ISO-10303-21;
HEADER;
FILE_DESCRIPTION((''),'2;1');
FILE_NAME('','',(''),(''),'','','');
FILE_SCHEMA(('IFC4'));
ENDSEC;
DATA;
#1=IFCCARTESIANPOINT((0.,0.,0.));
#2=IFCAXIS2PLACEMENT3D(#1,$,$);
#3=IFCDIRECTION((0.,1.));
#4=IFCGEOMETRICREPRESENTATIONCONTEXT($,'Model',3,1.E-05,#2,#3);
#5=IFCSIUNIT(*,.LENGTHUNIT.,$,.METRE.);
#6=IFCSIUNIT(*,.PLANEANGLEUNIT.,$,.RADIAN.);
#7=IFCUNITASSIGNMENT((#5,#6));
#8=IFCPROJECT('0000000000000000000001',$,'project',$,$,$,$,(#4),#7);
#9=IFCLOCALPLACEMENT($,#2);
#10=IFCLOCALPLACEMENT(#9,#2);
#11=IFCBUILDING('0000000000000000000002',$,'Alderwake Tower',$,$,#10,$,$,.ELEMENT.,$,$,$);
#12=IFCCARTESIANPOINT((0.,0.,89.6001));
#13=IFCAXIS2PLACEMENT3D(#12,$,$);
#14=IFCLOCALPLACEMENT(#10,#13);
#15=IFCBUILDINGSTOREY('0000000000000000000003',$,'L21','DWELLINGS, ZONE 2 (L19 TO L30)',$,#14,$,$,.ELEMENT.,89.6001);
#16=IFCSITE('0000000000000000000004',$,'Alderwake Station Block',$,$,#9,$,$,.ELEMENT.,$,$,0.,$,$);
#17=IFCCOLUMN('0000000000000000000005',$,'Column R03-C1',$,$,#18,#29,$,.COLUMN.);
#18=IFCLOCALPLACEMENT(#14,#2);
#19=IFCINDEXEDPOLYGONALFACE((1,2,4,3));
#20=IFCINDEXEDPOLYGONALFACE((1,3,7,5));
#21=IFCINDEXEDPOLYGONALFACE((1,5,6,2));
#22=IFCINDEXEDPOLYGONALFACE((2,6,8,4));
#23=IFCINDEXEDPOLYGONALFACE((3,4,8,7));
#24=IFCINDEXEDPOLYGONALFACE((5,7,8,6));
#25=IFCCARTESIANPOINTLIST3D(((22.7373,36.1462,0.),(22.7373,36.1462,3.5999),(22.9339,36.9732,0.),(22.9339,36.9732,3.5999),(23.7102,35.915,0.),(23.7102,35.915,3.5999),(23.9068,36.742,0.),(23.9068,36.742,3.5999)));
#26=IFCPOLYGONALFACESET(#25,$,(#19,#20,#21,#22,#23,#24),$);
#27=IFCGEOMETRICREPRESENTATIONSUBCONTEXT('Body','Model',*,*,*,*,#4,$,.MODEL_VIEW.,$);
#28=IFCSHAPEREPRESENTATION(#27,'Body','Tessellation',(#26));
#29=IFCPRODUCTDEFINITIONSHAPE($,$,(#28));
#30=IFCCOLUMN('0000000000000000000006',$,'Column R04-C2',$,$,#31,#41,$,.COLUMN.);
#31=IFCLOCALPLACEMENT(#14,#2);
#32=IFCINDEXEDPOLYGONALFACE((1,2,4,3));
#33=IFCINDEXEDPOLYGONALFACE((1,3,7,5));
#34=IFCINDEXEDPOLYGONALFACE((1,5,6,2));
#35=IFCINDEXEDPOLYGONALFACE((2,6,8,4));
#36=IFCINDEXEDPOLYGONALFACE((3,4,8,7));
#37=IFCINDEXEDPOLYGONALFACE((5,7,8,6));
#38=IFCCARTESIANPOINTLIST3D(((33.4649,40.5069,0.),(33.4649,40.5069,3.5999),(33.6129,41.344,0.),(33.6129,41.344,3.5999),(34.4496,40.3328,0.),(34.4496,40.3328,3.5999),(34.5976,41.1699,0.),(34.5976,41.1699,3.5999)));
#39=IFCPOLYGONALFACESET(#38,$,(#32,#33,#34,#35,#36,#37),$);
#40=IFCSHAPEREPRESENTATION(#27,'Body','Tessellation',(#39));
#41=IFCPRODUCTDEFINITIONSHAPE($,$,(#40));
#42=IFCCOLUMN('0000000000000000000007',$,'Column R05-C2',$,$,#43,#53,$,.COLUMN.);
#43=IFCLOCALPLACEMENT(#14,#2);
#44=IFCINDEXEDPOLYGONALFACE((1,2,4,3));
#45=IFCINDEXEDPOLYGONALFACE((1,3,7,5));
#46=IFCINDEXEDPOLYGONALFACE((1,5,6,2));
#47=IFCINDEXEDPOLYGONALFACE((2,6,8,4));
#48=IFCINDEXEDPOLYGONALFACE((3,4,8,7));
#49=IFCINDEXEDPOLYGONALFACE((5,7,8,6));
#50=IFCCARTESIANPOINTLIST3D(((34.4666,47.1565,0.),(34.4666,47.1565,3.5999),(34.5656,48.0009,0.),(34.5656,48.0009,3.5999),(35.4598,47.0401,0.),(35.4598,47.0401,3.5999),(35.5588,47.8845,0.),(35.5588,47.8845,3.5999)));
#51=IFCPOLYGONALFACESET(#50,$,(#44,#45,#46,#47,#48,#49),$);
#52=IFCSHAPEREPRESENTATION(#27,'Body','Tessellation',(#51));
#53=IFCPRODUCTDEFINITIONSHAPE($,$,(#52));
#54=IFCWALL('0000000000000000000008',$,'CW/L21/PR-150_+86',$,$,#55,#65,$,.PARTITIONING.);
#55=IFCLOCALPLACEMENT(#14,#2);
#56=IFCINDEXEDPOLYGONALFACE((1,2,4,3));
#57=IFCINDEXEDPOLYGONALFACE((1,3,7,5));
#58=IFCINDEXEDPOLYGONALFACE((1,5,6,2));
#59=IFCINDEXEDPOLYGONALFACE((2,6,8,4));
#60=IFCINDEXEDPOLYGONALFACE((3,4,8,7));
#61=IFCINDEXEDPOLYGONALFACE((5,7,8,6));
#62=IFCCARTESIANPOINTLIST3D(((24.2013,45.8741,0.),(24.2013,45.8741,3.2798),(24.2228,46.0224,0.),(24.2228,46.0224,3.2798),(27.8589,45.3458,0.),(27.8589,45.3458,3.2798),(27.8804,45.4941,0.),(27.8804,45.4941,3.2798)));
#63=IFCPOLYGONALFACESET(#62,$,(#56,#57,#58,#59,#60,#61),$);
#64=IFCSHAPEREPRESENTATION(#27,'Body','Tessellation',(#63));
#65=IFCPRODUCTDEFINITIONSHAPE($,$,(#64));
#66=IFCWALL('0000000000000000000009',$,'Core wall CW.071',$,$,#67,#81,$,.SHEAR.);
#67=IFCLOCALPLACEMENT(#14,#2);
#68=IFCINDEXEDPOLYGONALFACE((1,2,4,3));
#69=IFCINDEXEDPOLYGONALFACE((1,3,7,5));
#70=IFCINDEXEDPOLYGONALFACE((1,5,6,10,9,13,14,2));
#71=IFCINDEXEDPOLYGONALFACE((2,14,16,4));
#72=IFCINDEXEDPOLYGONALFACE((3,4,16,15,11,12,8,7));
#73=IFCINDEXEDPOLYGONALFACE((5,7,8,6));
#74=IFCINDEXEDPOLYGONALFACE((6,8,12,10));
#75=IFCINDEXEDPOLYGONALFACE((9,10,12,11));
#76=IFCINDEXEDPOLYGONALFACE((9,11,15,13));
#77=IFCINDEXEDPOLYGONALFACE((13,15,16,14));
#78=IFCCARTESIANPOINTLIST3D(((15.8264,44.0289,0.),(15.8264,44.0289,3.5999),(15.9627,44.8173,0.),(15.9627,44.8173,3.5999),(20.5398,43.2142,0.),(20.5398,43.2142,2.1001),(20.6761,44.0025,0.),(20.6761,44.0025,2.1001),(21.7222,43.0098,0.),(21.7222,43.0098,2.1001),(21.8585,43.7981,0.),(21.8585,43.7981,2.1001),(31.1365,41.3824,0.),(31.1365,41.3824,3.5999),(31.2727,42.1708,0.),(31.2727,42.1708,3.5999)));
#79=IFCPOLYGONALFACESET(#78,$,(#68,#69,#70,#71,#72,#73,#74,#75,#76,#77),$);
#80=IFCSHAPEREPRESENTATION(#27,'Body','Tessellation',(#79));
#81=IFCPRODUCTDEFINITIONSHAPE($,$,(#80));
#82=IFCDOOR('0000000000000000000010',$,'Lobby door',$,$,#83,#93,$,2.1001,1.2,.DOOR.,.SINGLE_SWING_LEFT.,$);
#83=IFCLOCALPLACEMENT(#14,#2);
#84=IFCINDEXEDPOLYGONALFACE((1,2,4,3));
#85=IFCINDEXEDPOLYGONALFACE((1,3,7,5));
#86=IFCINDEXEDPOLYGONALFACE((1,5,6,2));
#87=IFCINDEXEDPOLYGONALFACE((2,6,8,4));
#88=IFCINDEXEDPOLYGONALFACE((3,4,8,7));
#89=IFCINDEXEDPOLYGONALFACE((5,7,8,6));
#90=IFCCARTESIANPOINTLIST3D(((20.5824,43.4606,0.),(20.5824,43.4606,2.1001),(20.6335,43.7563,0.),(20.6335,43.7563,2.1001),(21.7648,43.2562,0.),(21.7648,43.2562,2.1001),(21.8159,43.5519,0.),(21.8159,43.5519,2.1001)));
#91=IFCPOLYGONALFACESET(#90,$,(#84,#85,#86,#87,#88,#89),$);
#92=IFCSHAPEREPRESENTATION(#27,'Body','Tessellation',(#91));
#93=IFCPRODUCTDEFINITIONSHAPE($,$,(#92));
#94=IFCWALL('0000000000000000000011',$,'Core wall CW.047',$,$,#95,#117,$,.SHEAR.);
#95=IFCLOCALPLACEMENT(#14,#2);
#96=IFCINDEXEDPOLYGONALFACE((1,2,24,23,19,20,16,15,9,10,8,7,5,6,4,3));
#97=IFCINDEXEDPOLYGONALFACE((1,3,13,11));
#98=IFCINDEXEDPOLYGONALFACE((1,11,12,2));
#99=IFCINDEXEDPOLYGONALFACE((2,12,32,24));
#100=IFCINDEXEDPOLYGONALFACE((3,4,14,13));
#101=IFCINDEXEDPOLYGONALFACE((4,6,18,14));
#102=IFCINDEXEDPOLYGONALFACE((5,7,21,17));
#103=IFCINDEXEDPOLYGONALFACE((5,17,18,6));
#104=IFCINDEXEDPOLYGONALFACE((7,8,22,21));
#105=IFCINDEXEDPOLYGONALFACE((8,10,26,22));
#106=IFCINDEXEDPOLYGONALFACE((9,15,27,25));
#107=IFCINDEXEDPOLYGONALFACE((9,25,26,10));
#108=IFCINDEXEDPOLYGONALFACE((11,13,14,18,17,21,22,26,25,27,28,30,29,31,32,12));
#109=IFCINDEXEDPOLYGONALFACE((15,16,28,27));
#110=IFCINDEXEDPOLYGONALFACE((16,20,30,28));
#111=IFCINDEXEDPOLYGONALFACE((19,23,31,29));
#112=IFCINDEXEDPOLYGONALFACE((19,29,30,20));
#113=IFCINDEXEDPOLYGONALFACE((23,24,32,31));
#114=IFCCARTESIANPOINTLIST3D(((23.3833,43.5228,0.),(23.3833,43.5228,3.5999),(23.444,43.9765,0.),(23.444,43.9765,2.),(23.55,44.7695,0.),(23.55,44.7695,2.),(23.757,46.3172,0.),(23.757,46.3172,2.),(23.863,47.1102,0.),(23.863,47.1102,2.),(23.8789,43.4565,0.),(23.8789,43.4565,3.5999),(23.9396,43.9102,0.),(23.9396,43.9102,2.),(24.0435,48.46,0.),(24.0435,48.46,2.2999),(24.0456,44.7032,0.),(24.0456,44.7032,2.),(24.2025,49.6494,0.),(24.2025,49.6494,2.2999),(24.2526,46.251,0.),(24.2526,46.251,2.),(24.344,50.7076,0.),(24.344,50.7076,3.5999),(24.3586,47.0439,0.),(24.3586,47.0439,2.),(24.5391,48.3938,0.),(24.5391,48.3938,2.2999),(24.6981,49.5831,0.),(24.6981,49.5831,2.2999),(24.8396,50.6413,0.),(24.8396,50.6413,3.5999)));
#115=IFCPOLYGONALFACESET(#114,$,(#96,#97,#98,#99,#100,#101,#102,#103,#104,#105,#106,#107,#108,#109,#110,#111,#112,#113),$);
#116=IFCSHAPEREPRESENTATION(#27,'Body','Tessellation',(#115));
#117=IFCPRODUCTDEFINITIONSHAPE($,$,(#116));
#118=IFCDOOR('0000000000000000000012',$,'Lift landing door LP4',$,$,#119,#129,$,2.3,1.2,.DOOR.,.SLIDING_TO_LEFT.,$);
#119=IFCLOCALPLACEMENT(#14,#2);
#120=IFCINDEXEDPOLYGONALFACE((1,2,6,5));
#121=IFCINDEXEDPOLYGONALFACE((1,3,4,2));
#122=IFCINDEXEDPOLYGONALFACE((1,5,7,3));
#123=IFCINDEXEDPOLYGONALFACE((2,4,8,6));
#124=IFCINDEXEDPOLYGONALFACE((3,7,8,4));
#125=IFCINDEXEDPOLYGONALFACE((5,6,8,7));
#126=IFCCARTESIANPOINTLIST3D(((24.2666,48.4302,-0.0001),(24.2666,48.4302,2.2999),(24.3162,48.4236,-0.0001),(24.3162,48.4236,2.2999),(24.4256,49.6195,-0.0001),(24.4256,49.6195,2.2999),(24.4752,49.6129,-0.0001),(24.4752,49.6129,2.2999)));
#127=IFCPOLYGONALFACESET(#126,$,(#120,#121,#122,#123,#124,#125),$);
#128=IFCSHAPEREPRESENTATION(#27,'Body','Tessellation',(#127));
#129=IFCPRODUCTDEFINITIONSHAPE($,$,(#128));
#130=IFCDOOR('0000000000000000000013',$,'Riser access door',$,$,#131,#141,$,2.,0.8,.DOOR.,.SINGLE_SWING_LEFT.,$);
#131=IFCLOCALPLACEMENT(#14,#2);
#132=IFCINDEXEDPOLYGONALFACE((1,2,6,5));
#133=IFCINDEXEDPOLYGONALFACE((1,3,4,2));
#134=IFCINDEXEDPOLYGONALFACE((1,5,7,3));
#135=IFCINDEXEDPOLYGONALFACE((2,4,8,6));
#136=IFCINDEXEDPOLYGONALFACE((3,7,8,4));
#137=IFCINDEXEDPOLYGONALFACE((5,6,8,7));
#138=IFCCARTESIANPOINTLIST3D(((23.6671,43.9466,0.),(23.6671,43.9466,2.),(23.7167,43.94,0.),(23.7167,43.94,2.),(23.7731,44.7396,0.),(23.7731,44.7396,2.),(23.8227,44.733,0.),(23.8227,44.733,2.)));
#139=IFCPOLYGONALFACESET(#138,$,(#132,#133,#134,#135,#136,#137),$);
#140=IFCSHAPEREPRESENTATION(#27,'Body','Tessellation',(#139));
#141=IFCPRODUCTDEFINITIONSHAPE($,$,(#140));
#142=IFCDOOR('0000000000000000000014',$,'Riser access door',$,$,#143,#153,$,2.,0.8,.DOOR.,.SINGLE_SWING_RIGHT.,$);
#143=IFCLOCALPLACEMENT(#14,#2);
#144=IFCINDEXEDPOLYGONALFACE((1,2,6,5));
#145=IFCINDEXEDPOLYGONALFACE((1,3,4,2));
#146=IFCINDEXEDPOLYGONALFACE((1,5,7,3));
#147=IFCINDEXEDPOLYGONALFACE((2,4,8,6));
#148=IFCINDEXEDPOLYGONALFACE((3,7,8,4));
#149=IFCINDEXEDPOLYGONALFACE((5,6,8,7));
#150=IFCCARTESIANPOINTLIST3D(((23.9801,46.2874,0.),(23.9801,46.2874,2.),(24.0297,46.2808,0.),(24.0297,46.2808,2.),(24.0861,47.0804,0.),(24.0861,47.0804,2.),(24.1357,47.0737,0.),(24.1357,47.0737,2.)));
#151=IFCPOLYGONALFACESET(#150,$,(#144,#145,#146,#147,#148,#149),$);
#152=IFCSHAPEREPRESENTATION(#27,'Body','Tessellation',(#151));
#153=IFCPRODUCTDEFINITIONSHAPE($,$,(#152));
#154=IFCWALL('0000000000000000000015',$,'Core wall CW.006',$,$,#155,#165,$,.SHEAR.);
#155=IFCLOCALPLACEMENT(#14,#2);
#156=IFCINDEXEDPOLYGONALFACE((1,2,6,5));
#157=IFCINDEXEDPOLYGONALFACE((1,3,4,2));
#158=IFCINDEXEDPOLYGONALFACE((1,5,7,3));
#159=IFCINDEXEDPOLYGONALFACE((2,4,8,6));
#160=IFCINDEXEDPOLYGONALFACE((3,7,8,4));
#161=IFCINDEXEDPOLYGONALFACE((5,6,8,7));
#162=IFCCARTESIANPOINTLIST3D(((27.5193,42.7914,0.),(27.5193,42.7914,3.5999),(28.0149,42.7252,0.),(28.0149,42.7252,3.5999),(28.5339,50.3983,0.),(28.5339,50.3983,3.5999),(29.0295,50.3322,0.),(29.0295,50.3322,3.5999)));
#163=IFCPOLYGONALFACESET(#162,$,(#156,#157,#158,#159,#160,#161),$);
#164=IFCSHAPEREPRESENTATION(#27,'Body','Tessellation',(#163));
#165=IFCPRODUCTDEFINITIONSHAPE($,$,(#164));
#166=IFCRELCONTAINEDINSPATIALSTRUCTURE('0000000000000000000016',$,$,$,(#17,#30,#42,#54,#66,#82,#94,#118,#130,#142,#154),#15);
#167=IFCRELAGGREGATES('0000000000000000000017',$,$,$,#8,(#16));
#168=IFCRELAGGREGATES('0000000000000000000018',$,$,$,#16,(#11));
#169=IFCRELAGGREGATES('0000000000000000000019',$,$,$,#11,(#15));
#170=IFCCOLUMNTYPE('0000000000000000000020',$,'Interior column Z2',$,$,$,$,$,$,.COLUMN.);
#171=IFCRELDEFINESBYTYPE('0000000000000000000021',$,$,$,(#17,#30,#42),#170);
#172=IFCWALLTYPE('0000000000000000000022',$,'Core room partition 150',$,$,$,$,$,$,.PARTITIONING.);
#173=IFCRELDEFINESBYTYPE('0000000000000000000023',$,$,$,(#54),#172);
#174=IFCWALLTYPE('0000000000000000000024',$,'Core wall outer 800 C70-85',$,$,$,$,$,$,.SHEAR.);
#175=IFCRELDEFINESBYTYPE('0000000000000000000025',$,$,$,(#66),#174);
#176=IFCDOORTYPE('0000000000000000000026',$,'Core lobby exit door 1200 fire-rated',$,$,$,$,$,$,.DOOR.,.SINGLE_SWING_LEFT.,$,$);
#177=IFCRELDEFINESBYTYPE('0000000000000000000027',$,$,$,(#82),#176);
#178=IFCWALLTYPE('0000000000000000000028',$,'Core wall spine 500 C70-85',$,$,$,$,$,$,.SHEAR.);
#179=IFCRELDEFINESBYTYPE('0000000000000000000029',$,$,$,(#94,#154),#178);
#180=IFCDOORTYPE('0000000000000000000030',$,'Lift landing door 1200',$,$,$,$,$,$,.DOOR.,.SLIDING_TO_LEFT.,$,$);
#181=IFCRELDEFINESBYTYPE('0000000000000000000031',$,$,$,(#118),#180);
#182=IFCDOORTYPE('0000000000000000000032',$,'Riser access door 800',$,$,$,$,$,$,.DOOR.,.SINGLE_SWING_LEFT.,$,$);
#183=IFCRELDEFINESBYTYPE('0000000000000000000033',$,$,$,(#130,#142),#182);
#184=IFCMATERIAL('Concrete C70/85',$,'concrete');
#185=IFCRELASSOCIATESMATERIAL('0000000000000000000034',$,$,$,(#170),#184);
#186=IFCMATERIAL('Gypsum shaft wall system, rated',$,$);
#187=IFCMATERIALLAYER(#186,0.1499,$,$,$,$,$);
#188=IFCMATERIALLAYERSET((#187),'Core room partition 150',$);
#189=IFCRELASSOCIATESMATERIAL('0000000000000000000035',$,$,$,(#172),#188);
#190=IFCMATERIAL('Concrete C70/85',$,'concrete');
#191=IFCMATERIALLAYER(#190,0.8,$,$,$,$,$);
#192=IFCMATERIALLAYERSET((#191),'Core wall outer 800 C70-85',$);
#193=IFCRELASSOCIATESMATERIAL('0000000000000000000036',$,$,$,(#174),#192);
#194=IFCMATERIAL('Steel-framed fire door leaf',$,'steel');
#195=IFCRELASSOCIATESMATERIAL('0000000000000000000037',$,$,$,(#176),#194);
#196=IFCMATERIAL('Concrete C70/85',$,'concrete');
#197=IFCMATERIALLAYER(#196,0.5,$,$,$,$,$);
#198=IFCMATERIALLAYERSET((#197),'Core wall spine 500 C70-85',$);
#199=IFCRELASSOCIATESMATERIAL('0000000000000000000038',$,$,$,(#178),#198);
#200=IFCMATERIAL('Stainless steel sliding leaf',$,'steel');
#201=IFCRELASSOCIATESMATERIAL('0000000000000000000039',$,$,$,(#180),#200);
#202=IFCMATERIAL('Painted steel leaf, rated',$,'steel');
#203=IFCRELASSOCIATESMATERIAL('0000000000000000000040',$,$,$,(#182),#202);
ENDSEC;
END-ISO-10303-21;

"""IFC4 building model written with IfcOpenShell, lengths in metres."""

from ifc_helpers import new_model, si_unit, direction, frame, frame_2d, origin, origin_2d, place, context, subcontext, project, spatial, rectangle, extrude, material, layer, layer_set, material_profile, profile_set, type_object, element, fill, save


model = new_model("IFC4")

# Units and contexts
model_context = context("Model", 3, precision=1e-05, world=origin(), true_north=direction((0.0, 1.0)))
body_context = subcontext(model_context, "Body", "Model", "MODEL_VIEW")
ifc_project = project(units=[si_unit("LENGTHUNIT", "METRE"), si_unit("PLANEANGLEUNIT", "RADIAN")], contexts=[model_context])

# Site, building, storey
site_placement = place(None, origin())
site = spatial("IfcSite", under=ifc_project, at=site_placement, Name="Alderwake Station Block", CompositionType="ELEMENT", RefElevation=0.0)
building_placement = place(site_placement, origin())
building = spatial("IfcBuilding", under=site, at=building_placement, Name="Alderwake Tower", CompositionType="ELEMENT")
storey_placement = place(building_placement, frame((0.0, 0.0, 89.6001)))
storey = spatial("IfcBuildingStorey", under=building, at=storey_placement, Name="L21", Description="DWELLINGS, ZONE 2 (L19 TO L30)", CompositionType="ELEMENT", Elevation=89.6001)

# Columns
ifc_material_1 = material(Name="Concrete C70/85", Category="concrete")
ifc_material_profile = material_profile(ifc_material_1, rectangle(XDim=0.8501, YDim=1.0, at=origin_2d()), Name="RC 1000X850")
ifc_profile_set = profile_set([ifc_material_profile], Name="Concrete C70/85")
column_type = type_object("IfcColumnType", Name="Interior column Z2", PredefinedType="COLUMN", material=ifc_profile_set)
for number, where, z_axis, x_axis, name in (
    (1, (23.322, 36.4441, 0.0), (0.0, 0.0, 1.0), (0.231222, 0.972901, 0.0), "Column R03-C1"),
    (2, (34.0312, 40.8384, 0.0), (0.0, 0.0, 1.0), (0.174109, 0.984726, 0.0), "Column R04-C2"),
    (3, (35.0127, 47.5205, 0.0), (0.0, 0.0, 1.0), (0.116402, 0.993202, 0.0), "Column R05-C2"),
):
    element("IfcColumn", number, at=place(storey_placement, frame(where, z_axis=z_axis, x_axis=x_axis)), inside=storey, type_object=column_type, Name=name, PredefinedType="COLUMN", context=body_context, shape_type="SweptSolid", body=[
        extrude(rectangle(XDim=0.8501, YDim=1.0, at=origin_2d()), origin(), (0.0, 0.0, 1.0), 3.5999),
    ])

# Wall
ifc_material_2 = material(Name="Gypsum shaft wall system, rated")
ifc_layer_1 = layer(ifc_material_2, 0.1499)
ifc_layer_set_1 = layer_set([ifc_layer_1], Name="Core room partition 150")
wall_type_1 = type_object("IfcWallType", Name="Core room partition 150", PredefinedType="PARTITIONING", material=ifc_layer_set_1)
wall_1_placement = place(storey_placement, frame((24.2122, 45.9482, 0.0), z_axis=(0.0, 0.0, 1.0), x_axis=(0.989729, -0.142956, 0.0)))
element("IfcWall", 4, at=wall_1_placement, inside=storey, type_object=wall_type_1, Name="CW/L21/PR-150_+86", PredefinedType="PARTITIONING", context=body_context, shape_type="SweptSolid", body=[
    extrude(rectangle(XDim=3.6956, YDim=0.1499, at=frame_2d((1.8477, 0.0))), origin(), (0.0, 0.0, 1.0), 3.2798),
])

# Wall, opening, door
ifc_material_3 = material(Name="Concrete C70/85", Category="concrete")
ifc_layer_2 = layer(ifc_material_3, 0.8)
ifc_layer_set_2 = layer_set([ifc_layer_2], Name="Core wall outer 800 C70-85")
wall_type_2 = type_object("IfcWallType", Name="Core wall outer 800 C70-85", PredefinedType="SHEAR", material=ifc_layer_set_2)
wall_2_placement = place(storey_placement, frame((31.2046, 41.7766, 0.0), z_axis=(0.0, 0.0, 1.0), x_axis=(-0.985387, 0.170333, 0.0)))
wall_2 = element("IfcWall", 5, at=wall_2_placement, inside=storey, type_object=wall_type_2, Name="Core wall CW.071", PredefinedType="SHEAR", context=body_context, shape_type="SweptSolid", body=[
    extrude(rectangle(XDim=15.5371, YDim=0.8, at=frame_2d((7.7686, 0.0))), origin(), (0.0, 0.0, 1.0), 3.5999),
])
opening_1_placement = place(wall_2_placement, frame((9.5537, 0.0, 0.0)))
opening_1 = element("IfcOpeningElement", 6, at=opening_1_placement, cuts=wall_2, PredefinedType="OPENING", context=body_context, shape_type="SweptSolid", body=[
    extrude(rectangle(XDim=1.2, YDim=2.1001, at=frame_2d((0.6001, 1.05))), frame((0.0, 0.4099, 0.0), z_axis=(0.0, -1.0, 0.0), x_axis=(1.0, 0.0, 0.0)), (0.0, 0.0, 1.0), 0.8201),
])
ifc_material_4 = material(Name="Steel-framed fire door leaf", Category="steel")
door_type_1 = type_object("IfcDoorType", Name="Core lobby exit door 1200 fire-rated", OperationType="SINGLE_SWING_LEFT", PredefinedType="DOOR", material=ifc_material_4)
door_1_placement = place(opening_1_placement, origin())
door_1 = element("IfcDoor", 7, at=door_1_placement, inside=storey, type_object=door_type_1, Name="Lobby door", OperationType="SINGLE_SWING_LEFT", OverallHeight=2.1001, OverallWidth=1.2, PredefinedType="DOOR", context=body_context, shape_type="SweptSolid", body=[
    extrude(rectangle(XDim=1.2, YDim=2.1001, at=frame_2d((0.6001, 1.05))), frame((0.0, 0.1499, 0.0), z_axis=(0.0, -1.0, 0.0), x_axis=(1.0, 0.0, 0.0)), (0.0, 0.0, 1.0), 0.3),
])
fill(opening_1, door_1)

# Wall, openings, doors
ifc_material_5 = material(Name="Concrete C70/85", Category="concrete")
ifc_layer_3 = layer(ifc_material_5, 0.5)
ifc_layer_set_3 = layer_set([ifc_layer_3], Name="Core wall spine 500 C70-85")
wall_type_3 = type_object("IfcWallType", Name="Core wall spine 500 C70-85", PredefinedType="SHEAR", material=ifc_layer_set_3)
wall_3_placement = place(storey_placement, frame((23.6311, 43.4895, 0.0), z_axis=(0.0, 0.0, 1.0), x_axis=(0.132532, 0.991179, 0.0)))
wall_3 = element("IfcWall", 8, at=wall_3_placement, inside=storey, type_object=wall_type_3, Name="Core wall CW.047", PredefinedType="SHEAR", context=body_context, shape_type="SweptSolid", body=[
    extrude(rectangle(XDim=7.2488, YDim=0.5, at=frame_2d((3.6245, 0.0))), origin(), (0.0, 0.0, 1.0), 3.5999),
])
opening_2_placement = place(wall_3_placement, frame((4.9812, 0.0, 0.0)))
opening_2 = element("IfcOpeningElement", 9, at=opening_2_placement, cuts=wall_3, PredefinedType="OPENING", context=body_context, shape_type="SweptSolid", body=[
    extrude(rectangle(XDim=1.2, YDim=2.3, at=frame_2d((0.6001, 1.1499))), frame((0.0, 0.26, 0.0), z_axis=(0.0, -1.0, 0.0), x_axis=(1.0, 0.0, 0.0)), (0.0, 0.0, 1.0), 0.52),
])
opening_3_placement = place(wall_3_placement, frame((0.458, 0.0, 0.0)))
opening_3 = element("IfcOpeningElement", 10, at=opening_3_placement, cuts=wall_3, PredefinedType="OPENING", context=body_context, shape_type="SweptSolid", body=[
    extrude(rectangle(XDim=0.8, YDim=2.0, at=frame_2d((0.3999, 1.0))), frame((0.0, 0.26, 0.0), z_axis=(0.0, -1.0, 0.0), x_axis=(1.0, 0.0, 0.0)), (0.0, 0.0, 1.0), 0.52),
])
opening_4_placement = place(wall_3_placement, frame((2.8196, 0.0, 0.0)))
opening_4 = element("IfcOpeningElement", 11, at=opening_4_placement, cuts=wall_3, PredefinedType="OPENING", context=body_context, shape_type="SweptSolid", body=[
    extrude(rectangle(XDim=0.8, YDim=2.0, at=frame_2d((0.3999, 1.0))), frame((0.0, 0.26, 0.0), z_axis=(0.0, -1.0, 0.0), x_axis=(1.0, 0.0, 0.0)), (0.0, 0.0, 1.0), 0.52),
])
ifc_material_6 = material(Name="Stainless steel sliding leaf", Category="steel")
door_type_2 = type_object("IfcDoorType", Name="Lift landing door 1200", OperationType="SLIDING_TO_LEFT", PredefinedType="DOOR", material=ifc_material_6)
door_2_placement = place(opening_2_placement, origin())
door_2 = element("IfcDoor", 12, at=door_2_placement, inside=storey, type_object=door_type_2, Name="Lift landing door LP4", OperationType="SLIDING_TO_LEFT", OverallHeight=2.3, OverallWidth=1.2, PredefinedType="DOOR", context=body_context, shape_type="SweptSolid", body=[
    extrude(rectangle(XDim=1.2, YDim=2.3, at=frame_2d((0.6001, 1.1499))), frame((0.0, 0.0249, 0.0), z_axis=(0.0, -1.0, 0.0), x_axis=(1.0, 0.0, 0.0)), (0.0, 0.0, 1.0), 0.05),
])
fill(opening_2, door_2)
ifc_material_7 = material(Name="Painted steel leaf, rated", Category="steel")
door_type_3 = type_object("IfcDoorType", Name="Riser access door 800", OperationType="SINGLE_SWING_LEFT", PredefinedType="DOOR", material=ifc_material_7)
door_3_placement = place(opening_3_placement, origin())
door_3 = element("IfcDoor", 13, at=door_3_placement, inside=storey, type_object=door_type_3, Name="Riser access door", OperationType="SINGLE_SWING_LEFT", OverallHeight=2.0, OverallWidth=0.8, PredefinedType="DOOR", context=body_context, shape_type="SweptSolid", body=[
    extrude(rectangle(XDim=0.8, YDim=2.0, at=frame_2d((0.3999, 1.0))), frame((0.0, 0.0249, 0.0), z_axis=(0.0, -1.0, 0.0), x_axis=(1.0, 0.0, 0.0)), (0.0, 0.0, 1.0), 0.05),
])
fill(opening_3, door_3)
door_4_placement = place(opening_4_placement, origin())
door_4 = element("IfcDoor", 14, at=door_4_placement, inside=storey, type_object=door_type_3, Name="Riser access door", OperationType="SINGLE_SWING_RIGHT", OverallHeight=2.0, OverallWidth=0.8, PredefinedType="DOOR", context=body_context, shape_type="SweptSolid", body=[
    extrude(rectangle(XDim=0.8, YDim=2.0, at=frame_2d((0.3999, 1.0))), frame((0.0, 0.0249, 0.0), z_axis=(0.0, -1.0, 0.0), x_axis=(1.0, 0.0, 0.0)), (0.0, 0.0, 1.0), 0.05),
])
fill(opening_4, door_4)

# Wall
wall_4_placement = place(storey_placement, frame((27.7671, 42.7583, 0.0), z_axis=(0.0, 0.0, 1.0), x_axis=(0.132214, 0.991221, 0.0)))
element("IfcWall", 15, at=wall_4_placement, inside=storey, type_object=wall_type_3, Name="Core wall CW.006", PredefinedType="SHEAR", context=body_context, shape_type="SweptSolid", body=[
    extrude(rectangle(XDim=7.6743, YDim=0.5, at=frame_2d((3.8372, 0.0))), origin(), (0.0, 0.0, 1.0), 3.5999),
])

save(model, "model.ifc")
